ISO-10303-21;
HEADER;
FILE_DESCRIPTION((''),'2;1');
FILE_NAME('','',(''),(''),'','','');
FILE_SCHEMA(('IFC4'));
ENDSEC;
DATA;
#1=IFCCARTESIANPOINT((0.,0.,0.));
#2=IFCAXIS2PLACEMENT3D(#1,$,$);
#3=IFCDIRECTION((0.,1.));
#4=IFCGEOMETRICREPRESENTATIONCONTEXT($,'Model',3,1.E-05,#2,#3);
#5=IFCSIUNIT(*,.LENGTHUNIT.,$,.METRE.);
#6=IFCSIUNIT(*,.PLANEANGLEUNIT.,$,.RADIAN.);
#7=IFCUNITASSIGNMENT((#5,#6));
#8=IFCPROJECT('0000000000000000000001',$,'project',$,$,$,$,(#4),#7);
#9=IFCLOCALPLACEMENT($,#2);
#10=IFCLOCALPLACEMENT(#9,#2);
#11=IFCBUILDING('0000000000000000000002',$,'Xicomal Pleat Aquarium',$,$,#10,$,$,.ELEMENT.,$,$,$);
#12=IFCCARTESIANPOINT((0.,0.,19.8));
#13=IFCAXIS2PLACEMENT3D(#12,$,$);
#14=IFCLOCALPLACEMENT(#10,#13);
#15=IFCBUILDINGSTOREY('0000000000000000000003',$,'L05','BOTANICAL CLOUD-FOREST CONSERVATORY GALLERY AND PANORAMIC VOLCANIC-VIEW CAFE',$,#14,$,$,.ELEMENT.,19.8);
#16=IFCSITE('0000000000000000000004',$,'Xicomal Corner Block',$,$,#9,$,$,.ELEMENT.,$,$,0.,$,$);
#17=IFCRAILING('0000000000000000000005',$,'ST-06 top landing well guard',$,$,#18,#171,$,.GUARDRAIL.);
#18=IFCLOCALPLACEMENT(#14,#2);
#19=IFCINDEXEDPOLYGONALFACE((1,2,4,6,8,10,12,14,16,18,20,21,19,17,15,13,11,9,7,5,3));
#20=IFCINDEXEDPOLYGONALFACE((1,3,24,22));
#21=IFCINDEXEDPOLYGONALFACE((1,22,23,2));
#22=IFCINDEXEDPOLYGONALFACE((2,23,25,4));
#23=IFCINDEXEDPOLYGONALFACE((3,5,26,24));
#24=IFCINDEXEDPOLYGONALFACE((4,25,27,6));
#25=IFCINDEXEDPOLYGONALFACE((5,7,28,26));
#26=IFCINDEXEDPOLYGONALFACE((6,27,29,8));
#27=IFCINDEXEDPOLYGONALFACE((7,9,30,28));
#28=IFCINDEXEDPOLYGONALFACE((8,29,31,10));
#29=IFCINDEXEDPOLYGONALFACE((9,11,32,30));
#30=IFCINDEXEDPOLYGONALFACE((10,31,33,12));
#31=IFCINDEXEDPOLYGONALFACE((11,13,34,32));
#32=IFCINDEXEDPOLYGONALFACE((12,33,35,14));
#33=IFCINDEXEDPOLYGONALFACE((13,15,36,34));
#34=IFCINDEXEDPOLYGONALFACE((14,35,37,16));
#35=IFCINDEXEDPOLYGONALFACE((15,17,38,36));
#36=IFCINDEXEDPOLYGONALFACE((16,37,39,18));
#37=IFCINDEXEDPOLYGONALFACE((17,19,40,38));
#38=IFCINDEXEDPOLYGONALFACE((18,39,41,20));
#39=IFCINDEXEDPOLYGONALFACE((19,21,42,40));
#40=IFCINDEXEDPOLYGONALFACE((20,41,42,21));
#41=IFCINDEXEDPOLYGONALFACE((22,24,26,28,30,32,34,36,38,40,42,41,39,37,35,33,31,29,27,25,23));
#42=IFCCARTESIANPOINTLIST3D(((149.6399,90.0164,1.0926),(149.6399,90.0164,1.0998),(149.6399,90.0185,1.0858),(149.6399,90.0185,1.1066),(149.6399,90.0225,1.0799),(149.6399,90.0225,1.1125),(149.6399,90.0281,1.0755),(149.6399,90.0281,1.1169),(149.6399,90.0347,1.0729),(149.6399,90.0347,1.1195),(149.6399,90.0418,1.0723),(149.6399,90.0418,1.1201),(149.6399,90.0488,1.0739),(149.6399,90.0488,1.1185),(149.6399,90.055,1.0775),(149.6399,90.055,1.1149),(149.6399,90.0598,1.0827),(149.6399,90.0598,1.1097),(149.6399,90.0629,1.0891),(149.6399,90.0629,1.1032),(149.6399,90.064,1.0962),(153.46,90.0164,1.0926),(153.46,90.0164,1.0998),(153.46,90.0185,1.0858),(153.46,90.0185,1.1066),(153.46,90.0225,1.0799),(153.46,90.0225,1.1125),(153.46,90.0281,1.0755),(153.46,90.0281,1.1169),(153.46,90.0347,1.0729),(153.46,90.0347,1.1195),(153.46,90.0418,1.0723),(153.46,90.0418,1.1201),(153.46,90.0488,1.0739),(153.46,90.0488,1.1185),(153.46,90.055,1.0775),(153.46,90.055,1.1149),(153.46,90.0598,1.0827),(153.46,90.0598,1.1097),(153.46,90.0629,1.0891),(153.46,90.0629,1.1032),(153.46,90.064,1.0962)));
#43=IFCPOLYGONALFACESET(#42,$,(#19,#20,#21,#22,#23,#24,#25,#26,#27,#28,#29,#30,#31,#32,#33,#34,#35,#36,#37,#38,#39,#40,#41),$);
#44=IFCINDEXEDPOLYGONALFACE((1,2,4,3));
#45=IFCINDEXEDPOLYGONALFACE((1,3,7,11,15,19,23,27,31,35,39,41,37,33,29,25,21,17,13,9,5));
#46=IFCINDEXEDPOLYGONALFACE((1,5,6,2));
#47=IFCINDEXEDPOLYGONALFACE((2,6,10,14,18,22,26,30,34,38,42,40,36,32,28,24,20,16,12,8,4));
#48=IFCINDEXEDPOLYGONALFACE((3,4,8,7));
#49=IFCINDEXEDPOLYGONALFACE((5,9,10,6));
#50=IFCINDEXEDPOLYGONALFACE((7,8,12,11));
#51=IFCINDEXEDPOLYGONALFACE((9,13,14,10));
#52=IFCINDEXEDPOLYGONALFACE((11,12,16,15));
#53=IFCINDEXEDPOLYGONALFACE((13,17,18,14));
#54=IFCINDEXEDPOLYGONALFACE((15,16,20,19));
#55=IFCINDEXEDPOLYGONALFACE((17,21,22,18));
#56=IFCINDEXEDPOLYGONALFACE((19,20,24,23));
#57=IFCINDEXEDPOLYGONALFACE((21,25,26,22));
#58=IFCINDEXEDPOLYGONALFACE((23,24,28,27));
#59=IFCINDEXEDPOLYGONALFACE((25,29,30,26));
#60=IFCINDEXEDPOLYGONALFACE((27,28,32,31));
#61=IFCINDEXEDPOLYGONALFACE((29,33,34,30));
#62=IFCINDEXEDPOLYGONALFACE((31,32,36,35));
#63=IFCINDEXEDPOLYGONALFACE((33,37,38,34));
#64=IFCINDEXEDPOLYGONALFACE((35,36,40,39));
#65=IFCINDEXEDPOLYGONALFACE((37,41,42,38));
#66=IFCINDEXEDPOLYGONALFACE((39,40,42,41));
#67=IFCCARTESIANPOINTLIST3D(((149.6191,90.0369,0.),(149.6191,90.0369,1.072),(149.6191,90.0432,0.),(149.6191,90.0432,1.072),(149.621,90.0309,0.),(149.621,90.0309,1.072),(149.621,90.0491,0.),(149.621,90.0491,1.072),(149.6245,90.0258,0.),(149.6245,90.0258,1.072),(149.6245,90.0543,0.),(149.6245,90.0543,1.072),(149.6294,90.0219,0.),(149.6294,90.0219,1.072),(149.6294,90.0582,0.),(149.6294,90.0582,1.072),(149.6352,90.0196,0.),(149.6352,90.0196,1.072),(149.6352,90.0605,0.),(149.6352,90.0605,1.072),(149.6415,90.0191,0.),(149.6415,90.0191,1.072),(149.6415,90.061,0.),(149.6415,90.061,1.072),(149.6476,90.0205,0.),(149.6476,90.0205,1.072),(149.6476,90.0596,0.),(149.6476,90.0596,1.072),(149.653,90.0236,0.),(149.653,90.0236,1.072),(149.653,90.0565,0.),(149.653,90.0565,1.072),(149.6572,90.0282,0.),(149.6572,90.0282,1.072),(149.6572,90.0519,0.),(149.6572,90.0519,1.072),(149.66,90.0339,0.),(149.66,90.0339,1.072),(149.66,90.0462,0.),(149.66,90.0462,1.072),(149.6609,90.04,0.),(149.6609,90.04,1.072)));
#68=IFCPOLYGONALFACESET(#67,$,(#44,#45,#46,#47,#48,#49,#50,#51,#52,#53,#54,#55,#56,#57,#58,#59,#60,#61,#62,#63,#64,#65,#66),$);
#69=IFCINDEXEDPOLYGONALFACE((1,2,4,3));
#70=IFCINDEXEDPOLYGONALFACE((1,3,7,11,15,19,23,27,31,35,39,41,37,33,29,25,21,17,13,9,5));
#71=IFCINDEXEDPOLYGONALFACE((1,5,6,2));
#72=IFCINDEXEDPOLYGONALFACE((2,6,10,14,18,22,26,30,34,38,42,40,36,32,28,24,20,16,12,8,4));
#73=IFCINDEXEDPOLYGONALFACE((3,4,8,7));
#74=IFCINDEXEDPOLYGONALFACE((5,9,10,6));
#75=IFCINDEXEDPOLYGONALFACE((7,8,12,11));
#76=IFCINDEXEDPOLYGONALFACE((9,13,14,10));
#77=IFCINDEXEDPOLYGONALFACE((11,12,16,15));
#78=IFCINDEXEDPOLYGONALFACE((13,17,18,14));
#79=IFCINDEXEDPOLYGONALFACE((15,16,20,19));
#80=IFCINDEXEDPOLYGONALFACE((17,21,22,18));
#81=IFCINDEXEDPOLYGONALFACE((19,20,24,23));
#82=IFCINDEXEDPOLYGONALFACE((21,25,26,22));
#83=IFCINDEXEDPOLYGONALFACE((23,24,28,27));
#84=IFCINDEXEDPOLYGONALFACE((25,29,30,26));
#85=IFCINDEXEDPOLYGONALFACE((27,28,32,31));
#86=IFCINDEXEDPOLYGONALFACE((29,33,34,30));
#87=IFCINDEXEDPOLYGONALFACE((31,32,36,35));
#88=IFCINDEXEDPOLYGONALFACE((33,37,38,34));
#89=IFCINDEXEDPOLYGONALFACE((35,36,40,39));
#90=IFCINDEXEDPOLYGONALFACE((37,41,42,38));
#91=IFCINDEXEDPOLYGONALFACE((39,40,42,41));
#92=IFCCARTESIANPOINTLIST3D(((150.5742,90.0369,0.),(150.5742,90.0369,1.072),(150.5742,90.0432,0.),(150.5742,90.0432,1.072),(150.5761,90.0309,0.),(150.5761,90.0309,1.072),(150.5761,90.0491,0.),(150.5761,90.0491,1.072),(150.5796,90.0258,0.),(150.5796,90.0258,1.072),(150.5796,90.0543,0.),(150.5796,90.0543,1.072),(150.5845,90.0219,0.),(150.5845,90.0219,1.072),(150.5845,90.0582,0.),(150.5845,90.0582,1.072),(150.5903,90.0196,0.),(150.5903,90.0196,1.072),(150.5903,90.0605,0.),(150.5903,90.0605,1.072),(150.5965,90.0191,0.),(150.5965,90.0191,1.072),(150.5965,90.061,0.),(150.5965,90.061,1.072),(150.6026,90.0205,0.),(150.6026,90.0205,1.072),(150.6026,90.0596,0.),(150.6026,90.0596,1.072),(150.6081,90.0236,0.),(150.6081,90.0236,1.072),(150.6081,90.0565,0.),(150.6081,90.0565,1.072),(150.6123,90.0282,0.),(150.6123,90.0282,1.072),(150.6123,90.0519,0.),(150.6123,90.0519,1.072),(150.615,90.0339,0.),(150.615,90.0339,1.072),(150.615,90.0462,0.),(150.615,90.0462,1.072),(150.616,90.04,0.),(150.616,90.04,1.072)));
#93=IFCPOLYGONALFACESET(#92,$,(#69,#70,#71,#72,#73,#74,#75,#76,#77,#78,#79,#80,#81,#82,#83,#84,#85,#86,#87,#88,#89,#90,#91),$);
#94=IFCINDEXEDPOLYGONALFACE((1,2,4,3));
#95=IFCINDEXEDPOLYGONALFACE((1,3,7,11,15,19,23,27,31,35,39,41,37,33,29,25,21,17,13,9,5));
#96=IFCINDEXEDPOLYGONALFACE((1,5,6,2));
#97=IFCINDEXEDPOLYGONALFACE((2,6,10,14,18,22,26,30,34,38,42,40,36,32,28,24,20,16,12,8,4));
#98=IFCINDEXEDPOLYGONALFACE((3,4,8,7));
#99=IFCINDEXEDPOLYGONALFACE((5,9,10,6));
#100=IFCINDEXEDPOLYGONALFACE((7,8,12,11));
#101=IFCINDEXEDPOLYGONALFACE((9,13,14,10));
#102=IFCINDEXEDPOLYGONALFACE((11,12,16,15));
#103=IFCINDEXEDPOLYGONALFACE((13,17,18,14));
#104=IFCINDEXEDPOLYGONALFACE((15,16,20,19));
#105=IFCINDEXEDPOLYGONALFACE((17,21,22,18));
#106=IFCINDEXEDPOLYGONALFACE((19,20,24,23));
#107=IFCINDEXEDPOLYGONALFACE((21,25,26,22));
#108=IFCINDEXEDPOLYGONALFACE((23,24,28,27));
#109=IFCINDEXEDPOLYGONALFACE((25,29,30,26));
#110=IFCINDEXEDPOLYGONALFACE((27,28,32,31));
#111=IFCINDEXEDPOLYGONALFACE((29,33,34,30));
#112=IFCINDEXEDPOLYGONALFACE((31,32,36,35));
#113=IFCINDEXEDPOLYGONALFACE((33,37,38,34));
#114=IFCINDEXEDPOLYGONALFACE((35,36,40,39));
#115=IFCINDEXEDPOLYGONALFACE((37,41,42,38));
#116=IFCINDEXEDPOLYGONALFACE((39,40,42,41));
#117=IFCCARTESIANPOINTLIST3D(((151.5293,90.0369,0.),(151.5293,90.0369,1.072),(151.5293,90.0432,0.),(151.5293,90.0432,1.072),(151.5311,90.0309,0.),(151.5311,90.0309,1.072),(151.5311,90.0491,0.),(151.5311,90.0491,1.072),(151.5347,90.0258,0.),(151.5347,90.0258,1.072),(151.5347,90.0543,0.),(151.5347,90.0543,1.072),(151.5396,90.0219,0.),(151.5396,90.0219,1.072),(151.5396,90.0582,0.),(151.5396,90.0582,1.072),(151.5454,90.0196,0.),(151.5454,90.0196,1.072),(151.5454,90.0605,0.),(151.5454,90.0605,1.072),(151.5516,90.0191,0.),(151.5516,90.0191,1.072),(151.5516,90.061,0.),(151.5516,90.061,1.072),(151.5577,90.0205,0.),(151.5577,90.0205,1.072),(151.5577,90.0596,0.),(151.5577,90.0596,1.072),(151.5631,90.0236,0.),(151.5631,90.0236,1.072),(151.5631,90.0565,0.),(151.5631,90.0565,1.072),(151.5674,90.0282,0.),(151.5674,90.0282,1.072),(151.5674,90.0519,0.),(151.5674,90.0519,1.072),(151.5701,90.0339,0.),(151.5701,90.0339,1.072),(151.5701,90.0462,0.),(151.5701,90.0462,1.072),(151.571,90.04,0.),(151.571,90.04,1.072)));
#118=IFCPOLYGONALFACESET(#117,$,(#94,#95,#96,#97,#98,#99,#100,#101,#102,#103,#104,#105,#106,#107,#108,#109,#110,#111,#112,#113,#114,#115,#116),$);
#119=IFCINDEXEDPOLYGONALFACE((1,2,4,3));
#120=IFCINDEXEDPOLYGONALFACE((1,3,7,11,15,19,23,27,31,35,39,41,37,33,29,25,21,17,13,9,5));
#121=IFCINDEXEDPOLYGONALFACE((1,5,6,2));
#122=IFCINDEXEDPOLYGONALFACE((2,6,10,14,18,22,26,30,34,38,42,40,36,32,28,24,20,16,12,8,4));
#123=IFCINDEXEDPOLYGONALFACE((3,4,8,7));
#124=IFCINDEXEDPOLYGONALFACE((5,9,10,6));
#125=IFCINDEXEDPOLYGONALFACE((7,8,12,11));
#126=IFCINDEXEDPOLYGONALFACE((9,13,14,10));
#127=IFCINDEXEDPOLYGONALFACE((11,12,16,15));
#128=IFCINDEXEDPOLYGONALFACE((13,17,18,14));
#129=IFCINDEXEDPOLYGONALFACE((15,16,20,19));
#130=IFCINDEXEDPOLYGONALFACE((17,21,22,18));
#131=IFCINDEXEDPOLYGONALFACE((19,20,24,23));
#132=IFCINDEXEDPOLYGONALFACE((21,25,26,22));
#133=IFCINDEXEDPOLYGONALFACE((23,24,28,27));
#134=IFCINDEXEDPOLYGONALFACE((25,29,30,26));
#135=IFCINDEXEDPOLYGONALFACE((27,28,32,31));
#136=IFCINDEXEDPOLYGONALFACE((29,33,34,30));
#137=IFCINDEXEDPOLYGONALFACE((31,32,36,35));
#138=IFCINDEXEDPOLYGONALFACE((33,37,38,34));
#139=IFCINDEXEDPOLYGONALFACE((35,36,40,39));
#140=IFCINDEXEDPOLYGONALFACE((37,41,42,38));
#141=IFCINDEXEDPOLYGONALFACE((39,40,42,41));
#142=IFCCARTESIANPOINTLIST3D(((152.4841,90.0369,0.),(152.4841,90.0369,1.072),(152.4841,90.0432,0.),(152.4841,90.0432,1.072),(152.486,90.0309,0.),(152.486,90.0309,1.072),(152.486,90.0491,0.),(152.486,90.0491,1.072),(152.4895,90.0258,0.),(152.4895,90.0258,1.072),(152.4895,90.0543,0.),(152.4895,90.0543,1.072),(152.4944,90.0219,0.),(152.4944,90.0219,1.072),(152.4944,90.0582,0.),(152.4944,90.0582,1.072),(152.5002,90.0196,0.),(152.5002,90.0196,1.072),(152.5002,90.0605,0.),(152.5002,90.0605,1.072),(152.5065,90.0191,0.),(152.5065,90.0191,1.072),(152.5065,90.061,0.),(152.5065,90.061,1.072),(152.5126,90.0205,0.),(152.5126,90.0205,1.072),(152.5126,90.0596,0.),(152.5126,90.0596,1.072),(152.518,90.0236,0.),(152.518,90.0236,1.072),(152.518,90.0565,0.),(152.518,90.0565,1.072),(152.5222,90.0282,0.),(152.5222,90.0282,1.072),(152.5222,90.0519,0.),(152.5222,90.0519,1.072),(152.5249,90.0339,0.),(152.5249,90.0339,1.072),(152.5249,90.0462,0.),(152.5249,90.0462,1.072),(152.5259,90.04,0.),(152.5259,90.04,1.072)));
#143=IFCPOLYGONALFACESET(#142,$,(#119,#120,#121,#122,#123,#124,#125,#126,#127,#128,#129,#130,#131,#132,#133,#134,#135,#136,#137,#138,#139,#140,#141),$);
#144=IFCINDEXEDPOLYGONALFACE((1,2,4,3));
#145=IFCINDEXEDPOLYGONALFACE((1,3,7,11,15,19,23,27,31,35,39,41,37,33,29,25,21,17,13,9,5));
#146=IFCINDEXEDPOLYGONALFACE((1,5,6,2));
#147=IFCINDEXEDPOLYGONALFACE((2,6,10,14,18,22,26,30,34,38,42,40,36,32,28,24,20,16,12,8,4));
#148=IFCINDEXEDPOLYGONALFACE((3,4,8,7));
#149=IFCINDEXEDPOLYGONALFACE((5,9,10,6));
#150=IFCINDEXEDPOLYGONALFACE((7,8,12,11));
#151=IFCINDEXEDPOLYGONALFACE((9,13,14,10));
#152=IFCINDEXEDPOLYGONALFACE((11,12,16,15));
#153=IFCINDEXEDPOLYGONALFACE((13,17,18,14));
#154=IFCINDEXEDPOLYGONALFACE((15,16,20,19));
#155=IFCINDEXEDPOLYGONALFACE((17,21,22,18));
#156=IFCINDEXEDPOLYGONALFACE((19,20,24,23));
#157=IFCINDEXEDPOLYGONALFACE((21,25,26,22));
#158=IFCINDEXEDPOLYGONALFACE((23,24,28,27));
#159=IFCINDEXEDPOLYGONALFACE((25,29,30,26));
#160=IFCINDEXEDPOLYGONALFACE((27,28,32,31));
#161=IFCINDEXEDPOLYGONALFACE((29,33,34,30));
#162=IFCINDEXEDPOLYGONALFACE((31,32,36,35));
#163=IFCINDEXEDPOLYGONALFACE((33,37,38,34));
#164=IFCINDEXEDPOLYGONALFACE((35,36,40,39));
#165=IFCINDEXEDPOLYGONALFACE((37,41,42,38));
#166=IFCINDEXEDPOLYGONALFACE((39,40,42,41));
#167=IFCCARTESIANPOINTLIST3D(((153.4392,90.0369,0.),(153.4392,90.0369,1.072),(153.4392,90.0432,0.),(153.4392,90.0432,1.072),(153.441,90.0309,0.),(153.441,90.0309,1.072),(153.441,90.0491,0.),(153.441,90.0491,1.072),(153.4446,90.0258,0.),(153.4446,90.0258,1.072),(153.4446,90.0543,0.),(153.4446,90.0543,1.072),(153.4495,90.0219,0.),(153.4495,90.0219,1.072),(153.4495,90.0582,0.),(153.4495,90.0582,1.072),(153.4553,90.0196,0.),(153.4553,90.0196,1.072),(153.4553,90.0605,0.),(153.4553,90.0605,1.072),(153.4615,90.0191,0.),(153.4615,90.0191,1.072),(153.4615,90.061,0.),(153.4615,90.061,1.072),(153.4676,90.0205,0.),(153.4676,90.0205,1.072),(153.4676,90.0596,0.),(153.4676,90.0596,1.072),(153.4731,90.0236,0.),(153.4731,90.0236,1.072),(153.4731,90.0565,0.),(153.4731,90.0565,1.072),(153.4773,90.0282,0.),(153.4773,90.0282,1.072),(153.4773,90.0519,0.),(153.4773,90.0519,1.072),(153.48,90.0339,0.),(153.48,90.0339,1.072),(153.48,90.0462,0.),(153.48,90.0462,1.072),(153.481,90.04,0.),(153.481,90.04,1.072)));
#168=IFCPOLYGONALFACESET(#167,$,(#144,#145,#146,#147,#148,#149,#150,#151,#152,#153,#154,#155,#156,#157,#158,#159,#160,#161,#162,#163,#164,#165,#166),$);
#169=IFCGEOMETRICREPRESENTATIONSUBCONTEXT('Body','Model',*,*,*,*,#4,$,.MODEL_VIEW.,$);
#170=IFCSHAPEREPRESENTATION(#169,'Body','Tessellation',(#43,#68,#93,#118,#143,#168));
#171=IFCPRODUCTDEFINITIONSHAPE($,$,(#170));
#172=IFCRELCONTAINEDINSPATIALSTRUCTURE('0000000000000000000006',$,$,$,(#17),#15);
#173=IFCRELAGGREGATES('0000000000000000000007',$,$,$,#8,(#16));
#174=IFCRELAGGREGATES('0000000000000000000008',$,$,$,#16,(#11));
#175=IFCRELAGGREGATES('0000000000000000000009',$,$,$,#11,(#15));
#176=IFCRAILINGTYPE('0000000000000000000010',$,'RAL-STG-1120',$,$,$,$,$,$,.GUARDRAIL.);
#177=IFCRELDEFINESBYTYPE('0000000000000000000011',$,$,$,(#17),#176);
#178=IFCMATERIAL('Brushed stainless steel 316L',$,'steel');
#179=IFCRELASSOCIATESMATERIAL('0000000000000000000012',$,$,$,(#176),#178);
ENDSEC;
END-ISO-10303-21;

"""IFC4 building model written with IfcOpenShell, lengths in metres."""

from ifc_helpers import new_model, si_unit, direction, frame, origin, origin_2d, place, context, subcontext, project, spatial, circle, extrude, material, type_object, element, save


model = new_model("IFC4")

# Units and contexts
model_context = context("Model", 3, precision=1e-05, world=origin(), true_north=direction((0.0, 1.0)))
body_context = subcontext(model_context, "Body", "Model", "MODEL_VIEW")
ifc_project = project(units=[si_unit("LENGTHUNIT", "METRE"), si_unit("PLANEANGLEUNIT", "RADIAN")], contexts=[model_context])

# Site, building, storey
site_placement = place(None, origin())
site = spatial("IfcSite", under=ifc_project, at=site_placement, Name="Xicomal Corner Block", CompositionType="ELEMENT", RefElevation=0.0)
building_placement = place(site_placement, origin())
building = spatial("IfcBuilding", under=site, at=building_placement, Name="Xicomal Pleat Aquarium", CompositionType="ELEMENT")
storey_placement = place(building_placement, frame((0.0, 0.0, 19.8)))
storey = spatial("IfcBuildingStorey", under=building, at=storey_placement, Name="L05", Description="BOTANICAL CLOUD-FOREST CONSERVATORY GALLERY AND PANORAMIC VOLCANIC-VIEW CAFE", CompositionType="ELEMENT", Elevation=19.8)

# Railing
ifc_material_1 = material(Name="Brushed stainless steel 316L", Category="steel")
railing_type_1 = type_object("IfcRailingType", Name="RAL-STG-1120", PredefinedType="GUARDRAIL", material=ifc_material_1)
railing_1_placement = place(storey_placement, frame((149.6399, 90.04, 0.0)))
element("IfcRailing", 1, at=railing_1_placement, inside=storey, type_object=railing_type_1, Name="ST-06 top landing well guard", PredefinedType="GUARDRAIL", context=body_context, shape_type="SweptSolid", body=[
    extrude(circle(Radius=0.0239, at=origin_2d()), frame((0.0, 0.0, 1.0962), z_axis=(1.0, 0.0, 0.0), x_axis=(0.0, 1.0, 0.0)), (0.0, 0.0, 1.0), 3.8201),
    extrude(circle(Radius=0.021, at=origin_2d()), origin(), (0.0, 0.0, 1.0), 1.072),
    extrude(circle(Radius=0.021, at=origin_2d()), frame((0.9551, 0.0, 0.0)), (0.0, 0.0, 1.0), 1.072),
    extrude(circle(Radius=0.021, at=origin_2d()), frame((1.9102, 0.0, 0.0)), (0.0, 0.0, 1.0), 1.072),
    extrude(circle(Radius=0.021, at=origin_2d()), frame((2.865, 0.0, 0.0)), (0.0, 0.0, 1.0), 1.072),
    extrude(circle(Radius=0.021, at=origin_2d()), frame((3.8201, 0.0, 0.0)), (0.0, 0.0, 1.0), 1.072),
])

save(model, "model.ifc")
